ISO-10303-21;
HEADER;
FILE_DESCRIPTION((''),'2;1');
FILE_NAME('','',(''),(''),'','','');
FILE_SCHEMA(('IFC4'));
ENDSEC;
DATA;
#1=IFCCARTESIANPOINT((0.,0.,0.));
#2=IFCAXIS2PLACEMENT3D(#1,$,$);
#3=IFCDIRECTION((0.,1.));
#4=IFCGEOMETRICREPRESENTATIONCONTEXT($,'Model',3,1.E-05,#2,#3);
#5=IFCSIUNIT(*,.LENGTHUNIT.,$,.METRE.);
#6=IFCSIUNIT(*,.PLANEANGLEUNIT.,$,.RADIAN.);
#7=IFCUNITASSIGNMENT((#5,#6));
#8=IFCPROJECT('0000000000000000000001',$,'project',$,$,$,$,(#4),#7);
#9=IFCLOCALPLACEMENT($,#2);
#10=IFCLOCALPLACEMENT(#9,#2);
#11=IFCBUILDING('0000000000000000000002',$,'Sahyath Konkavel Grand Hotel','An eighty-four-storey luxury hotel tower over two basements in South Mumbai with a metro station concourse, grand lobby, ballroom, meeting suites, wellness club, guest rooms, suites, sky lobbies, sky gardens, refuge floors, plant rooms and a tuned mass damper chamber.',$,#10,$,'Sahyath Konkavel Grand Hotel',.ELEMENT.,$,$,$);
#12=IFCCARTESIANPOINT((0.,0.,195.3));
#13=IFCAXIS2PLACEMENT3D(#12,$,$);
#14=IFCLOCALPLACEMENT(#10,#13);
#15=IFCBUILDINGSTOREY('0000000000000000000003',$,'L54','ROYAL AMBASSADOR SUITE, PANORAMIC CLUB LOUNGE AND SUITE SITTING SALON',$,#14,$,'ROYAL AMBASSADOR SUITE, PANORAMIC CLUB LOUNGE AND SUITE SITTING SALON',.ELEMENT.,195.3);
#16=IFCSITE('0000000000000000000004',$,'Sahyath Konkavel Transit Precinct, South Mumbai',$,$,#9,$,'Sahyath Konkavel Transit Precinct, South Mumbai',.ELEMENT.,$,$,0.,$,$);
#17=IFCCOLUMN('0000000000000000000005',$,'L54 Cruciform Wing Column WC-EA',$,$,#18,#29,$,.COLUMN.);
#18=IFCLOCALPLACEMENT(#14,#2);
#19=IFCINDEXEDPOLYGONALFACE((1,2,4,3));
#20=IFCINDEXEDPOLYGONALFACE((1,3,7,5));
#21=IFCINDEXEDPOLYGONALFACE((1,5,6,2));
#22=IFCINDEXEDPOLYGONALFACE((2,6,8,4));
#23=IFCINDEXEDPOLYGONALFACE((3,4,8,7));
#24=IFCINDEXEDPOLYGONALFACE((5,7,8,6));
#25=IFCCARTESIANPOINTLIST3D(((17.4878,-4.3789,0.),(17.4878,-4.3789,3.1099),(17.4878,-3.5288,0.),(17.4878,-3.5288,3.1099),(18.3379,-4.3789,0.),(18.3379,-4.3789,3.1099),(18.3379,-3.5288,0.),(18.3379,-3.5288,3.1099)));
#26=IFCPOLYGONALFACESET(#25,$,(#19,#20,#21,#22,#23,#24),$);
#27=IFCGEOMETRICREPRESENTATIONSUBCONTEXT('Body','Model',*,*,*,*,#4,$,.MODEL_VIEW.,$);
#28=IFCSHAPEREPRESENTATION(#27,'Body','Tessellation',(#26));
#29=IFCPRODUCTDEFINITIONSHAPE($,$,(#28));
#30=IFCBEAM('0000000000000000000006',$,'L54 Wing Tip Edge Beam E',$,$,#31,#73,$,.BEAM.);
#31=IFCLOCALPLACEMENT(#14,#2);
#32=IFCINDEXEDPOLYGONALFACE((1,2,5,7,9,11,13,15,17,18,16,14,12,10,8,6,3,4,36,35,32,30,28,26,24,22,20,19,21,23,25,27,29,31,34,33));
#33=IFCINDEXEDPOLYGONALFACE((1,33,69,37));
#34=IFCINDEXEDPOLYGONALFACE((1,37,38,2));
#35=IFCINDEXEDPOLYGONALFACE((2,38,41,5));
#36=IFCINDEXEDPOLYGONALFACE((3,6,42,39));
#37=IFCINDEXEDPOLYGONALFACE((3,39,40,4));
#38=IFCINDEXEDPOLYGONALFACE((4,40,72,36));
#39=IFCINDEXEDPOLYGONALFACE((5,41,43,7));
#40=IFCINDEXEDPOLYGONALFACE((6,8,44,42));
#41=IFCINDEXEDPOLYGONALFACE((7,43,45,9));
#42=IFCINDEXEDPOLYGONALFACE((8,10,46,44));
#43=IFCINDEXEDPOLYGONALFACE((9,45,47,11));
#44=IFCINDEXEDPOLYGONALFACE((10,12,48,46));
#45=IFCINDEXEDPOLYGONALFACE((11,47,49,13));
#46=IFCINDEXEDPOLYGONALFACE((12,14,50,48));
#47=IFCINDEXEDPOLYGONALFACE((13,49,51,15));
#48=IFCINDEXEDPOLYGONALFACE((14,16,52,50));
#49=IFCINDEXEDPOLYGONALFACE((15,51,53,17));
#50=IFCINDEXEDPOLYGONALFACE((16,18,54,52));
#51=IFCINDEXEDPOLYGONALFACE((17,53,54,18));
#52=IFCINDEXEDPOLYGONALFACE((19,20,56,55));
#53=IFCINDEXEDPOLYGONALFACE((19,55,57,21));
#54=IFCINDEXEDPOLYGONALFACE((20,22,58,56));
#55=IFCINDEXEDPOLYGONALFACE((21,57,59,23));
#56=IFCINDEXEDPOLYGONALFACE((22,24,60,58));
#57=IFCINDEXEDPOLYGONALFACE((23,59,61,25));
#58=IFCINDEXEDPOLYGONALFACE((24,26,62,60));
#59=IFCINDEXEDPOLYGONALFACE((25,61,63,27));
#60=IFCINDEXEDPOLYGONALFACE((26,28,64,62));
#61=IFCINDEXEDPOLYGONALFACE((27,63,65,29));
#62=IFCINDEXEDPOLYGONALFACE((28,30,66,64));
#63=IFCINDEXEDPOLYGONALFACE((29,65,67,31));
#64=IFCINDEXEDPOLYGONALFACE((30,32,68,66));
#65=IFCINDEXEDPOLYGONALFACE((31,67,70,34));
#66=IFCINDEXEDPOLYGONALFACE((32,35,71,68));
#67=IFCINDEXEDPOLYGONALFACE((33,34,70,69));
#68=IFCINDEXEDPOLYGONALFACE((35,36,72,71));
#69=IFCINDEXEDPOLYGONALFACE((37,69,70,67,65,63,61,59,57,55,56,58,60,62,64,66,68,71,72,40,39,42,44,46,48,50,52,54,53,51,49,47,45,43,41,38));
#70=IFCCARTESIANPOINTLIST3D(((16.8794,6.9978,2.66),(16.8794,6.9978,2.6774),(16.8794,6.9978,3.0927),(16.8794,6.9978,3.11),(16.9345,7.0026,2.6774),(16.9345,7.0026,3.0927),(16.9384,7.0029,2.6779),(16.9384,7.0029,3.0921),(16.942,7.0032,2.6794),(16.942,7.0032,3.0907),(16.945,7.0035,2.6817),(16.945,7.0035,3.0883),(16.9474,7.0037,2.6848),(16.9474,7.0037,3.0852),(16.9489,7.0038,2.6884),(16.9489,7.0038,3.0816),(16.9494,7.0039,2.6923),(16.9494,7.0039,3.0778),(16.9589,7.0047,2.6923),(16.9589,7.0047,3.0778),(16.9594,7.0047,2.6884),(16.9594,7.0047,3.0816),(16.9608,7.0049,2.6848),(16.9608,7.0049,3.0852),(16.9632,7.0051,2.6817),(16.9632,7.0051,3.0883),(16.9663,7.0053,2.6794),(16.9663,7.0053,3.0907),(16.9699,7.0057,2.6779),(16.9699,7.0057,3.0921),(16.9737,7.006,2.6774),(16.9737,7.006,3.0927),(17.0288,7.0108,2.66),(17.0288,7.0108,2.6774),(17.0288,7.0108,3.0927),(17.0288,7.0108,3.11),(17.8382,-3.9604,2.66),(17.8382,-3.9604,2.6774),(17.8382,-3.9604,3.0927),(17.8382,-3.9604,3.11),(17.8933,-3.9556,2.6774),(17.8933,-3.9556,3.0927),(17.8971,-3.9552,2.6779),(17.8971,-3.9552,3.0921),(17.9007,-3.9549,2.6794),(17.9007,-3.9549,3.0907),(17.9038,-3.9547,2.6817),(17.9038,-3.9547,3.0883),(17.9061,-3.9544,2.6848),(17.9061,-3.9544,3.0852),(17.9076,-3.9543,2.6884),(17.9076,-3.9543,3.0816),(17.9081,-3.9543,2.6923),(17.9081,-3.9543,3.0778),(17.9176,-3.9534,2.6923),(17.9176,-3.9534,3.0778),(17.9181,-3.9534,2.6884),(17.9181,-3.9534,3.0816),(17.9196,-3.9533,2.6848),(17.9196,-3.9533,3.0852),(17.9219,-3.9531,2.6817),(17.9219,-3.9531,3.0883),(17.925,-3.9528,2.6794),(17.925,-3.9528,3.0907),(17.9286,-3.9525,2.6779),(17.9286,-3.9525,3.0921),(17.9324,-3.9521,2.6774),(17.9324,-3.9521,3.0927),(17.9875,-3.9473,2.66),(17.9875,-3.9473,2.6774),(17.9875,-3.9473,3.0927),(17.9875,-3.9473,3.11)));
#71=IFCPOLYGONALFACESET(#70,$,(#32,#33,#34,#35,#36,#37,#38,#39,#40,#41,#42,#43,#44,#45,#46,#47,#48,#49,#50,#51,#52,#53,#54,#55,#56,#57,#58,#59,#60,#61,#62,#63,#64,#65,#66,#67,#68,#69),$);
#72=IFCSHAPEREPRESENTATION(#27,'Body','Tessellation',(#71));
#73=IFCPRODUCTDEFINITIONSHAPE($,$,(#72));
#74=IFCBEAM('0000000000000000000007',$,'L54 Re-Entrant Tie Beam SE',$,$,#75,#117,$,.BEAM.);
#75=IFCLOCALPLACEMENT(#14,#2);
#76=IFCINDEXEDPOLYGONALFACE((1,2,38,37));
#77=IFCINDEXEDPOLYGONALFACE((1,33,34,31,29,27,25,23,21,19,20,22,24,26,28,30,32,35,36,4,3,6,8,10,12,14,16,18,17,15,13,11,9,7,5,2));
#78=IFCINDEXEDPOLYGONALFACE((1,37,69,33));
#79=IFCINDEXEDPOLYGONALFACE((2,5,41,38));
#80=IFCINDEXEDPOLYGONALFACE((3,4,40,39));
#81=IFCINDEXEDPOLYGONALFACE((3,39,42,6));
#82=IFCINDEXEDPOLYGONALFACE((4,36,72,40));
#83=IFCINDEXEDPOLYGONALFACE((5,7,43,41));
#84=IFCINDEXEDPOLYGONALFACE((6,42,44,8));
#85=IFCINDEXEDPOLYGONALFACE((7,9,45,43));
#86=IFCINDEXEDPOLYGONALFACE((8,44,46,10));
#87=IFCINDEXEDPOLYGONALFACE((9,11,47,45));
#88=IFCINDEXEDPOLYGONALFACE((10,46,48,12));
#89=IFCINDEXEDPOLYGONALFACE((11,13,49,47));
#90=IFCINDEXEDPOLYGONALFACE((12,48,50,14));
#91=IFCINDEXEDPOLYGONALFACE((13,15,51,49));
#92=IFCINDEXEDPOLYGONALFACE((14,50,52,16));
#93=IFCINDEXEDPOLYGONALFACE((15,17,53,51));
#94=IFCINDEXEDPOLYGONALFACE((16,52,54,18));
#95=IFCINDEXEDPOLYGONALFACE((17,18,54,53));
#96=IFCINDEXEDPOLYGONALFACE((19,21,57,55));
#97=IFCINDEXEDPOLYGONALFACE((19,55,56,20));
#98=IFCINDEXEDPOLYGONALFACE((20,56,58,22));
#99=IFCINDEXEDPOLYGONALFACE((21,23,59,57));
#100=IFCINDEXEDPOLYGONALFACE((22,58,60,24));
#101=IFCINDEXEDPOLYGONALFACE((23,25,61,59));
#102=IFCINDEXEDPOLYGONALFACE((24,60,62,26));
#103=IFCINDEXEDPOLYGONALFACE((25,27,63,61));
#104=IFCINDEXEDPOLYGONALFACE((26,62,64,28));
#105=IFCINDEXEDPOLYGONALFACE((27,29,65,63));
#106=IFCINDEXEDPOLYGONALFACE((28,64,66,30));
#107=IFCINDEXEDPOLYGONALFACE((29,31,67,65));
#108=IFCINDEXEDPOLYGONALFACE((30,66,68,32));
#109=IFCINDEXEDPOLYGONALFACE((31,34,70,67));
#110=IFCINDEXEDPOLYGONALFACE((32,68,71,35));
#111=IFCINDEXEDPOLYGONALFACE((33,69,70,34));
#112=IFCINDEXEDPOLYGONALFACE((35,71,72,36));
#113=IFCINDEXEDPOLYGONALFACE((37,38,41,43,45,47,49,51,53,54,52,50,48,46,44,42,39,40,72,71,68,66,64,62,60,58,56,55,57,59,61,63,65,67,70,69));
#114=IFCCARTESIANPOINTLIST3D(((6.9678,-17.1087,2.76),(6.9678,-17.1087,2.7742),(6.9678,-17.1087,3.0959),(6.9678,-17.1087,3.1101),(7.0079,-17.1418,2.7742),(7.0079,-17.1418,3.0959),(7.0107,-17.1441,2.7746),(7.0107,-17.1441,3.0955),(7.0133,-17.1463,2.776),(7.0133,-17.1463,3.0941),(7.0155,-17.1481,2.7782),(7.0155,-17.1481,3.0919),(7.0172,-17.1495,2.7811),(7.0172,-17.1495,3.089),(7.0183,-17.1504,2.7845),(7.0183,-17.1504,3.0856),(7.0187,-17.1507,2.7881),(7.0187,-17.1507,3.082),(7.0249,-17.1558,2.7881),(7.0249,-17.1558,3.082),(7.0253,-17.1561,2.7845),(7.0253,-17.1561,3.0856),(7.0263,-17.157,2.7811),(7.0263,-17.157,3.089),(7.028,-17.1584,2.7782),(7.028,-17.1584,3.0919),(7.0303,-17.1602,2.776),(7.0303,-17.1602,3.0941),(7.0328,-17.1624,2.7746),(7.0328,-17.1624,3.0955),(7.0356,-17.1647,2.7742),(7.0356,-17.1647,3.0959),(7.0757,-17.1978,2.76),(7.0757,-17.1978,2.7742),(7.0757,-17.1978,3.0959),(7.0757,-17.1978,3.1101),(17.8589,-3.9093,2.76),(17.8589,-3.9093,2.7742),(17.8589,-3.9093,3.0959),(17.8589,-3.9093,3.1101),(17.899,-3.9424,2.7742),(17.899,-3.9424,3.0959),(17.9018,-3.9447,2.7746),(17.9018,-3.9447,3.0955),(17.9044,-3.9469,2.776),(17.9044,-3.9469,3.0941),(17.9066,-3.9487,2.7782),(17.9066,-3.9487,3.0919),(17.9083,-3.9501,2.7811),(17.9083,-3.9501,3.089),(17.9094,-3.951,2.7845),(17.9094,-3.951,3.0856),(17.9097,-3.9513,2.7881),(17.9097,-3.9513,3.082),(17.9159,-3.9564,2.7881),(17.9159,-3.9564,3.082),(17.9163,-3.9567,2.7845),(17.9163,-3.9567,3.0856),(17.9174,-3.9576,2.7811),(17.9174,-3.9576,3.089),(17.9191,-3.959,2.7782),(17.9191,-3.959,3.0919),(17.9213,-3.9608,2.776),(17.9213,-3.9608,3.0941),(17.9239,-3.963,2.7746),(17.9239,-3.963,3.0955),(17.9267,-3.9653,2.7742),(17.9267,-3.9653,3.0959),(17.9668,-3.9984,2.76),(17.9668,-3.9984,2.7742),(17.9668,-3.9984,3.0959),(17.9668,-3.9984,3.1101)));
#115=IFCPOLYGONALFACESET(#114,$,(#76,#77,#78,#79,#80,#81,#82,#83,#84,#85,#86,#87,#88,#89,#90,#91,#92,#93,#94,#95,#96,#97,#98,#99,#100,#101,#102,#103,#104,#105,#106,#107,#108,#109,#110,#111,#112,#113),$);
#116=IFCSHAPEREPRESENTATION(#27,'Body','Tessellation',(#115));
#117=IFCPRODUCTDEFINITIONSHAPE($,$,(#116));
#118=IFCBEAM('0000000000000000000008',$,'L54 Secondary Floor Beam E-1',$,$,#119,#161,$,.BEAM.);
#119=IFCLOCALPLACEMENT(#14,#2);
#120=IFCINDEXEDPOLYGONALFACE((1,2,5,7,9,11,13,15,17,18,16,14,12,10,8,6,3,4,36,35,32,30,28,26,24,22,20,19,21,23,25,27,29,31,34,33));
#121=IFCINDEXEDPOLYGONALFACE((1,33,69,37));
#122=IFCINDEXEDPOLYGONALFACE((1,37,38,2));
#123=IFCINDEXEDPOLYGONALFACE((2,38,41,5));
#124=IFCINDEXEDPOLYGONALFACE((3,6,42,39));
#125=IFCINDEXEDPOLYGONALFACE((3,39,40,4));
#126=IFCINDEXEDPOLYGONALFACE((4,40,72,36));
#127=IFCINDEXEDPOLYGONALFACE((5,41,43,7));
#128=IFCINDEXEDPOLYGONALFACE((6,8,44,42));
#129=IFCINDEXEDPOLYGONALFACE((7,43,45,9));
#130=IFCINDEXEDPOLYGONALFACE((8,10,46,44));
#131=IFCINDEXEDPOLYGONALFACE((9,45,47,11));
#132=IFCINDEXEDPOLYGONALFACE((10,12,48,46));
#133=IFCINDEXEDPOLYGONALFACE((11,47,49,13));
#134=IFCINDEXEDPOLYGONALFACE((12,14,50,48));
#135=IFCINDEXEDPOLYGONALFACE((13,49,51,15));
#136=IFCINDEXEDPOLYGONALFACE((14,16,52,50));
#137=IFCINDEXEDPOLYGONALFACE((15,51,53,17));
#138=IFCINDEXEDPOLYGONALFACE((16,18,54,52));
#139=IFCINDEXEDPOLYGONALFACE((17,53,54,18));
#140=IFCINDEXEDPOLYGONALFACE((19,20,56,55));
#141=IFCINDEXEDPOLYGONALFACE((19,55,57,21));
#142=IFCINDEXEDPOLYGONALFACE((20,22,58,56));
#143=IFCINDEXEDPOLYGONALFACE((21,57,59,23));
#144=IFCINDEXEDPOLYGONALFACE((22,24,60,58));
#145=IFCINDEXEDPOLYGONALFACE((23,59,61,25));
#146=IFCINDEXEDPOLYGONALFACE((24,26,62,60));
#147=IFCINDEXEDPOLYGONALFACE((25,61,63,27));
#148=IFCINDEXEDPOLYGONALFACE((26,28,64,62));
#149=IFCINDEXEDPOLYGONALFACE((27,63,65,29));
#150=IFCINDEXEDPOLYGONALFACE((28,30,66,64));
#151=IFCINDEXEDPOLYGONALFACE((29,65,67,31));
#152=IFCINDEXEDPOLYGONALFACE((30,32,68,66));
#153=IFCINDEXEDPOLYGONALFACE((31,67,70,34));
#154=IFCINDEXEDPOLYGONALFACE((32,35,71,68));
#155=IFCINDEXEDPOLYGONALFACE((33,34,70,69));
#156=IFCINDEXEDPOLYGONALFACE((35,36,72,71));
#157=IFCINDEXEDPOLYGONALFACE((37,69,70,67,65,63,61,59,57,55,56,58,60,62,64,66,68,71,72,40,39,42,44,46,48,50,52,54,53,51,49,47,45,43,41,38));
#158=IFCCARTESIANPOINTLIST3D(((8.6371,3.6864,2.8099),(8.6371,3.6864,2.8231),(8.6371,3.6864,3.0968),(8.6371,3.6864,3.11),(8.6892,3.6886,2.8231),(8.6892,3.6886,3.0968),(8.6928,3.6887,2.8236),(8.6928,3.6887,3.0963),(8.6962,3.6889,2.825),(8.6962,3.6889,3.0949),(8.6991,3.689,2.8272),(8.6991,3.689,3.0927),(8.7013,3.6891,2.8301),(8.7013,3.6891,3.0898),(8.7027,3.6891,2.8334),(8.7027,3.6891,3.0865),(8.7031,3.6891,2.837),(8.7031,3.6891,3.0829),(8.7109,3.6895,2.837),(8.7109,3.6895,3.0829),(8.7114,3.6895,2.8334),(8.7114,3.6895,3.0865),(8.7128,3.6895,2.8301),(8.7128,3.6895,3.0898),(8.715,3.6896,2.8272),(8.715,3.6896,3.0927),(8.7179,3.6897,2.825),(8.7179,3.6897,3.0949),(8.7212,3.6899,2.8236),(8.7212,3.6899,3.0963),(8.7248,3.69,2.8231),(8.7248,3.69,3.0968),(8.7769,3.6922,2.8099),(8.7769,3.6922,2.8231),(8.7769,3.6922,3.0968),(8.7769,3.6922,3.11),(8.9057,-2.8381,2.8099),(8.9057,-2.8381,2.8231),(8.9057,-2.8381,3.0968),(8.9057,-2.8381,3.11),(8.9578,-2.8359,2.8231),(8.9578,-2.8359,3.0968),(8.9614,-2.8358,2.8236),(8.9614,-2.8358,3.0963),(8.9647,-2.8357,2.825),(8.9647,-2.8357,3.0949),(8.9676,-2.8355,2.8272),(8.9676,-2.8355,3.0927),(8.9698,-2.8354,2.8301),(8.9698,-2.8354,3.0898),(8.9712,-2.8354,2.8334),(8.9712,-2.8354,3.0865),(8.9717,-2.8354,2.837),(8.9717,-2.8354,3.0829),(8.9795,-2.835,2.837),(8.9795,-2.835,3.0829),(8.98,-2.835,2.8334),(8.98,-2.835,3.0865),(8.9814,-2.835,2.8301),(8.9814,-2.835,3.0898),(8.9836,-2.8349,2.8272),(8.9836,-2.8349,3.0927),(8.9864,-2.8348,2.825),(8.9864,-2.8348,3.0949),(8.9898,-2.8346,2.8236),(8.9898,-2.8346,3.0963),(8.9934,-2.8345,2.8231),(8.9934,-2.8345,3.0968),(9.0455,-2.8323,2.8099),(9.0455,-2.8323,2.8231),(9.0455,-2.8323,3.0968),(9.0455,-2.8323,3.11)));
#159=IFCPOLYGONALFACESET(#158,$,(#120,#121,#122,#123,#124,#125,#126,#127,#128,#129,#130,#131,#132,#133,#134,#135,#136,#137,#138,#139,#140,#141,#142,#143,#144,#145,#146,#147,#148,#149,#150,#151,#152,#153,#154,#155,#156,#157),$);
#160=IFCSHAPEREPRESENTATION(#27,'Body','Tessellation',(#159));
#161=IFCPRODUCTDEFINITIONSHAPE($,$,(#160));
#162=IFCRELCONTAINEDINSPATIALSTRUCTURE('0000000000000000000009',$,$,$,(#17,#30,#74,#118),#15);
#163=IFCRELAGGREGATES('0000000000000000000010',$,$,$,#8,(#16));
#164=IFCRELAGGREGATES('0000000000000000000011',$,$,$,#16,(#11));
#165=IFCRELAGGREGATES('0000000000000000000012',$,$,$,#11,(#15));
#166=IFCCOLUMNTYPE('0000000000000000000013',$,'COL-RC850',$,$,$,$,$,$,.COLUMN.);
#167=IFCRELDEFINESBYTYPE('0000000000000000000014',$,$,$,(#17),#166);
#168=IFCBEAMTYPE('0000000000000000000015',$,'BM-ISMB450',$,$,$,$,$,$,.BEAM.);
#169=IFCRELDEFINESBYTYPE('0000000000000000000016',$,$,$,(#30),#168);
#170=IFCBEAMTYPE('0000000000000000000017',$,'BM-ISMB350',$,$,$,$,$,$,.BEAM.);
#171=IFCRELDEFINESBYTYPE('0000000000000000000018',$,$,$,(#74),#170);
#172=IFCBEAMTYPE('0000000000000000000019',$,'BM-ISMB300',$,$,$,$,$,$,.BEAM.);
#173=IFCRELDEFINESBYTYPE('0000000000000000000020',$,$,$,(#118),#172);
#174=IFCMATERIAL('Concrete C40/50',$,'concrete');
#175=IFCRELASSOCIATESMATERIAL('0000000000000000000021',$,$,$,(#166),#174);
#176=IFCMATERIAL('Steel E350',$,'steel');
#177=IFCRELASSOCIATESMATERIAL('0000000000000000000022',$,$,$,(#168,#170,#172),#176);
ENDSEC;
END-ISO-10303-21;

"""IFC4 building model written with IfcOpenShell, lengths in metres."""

from ifc_helpers import new_model, si_unit, direction, frame, origin, origin_2d, place, context, subcontext, project, spatial, rectangle, i_section, extrude, source, transform, mapped, material, material_profile, profile_set, type_object, element, save


model = new_model("IFC4")

# Units and contexts
model_context = context("Model", 3, precision=1e-05, world=origin(), true_north=direction((0.0, 1.0)))
body_context = subcontext(model_context, "Body", "Model", "MODEL_VIEW")
ifc_project = project(units=[si_unit("LENGTHUNIT", "METRE"), si_unit("PLANEANGLEUNIT", "RADIAN")], contexts=[model_context])

# Site, building, storey
site_placement = place(None, origin())
site = spatial("IfcSite", under=ifc_project, at=site_placement, Name="Sahyath Konkavel Transit Precinct, South Mumbai", LongName="Sahyath Konkavel Transit Precinct, South Mumbai", CompositionType="ELEMENT", RefElevation=0.0)
building_placement = place(site_placement, origin())
building = spatial("IfcBuilding", under=site, at=building_placement, Name="Sahyath Konkavel Grand Hotel", Description="An eighty-four-storey luxury hotel tower over two basements in South Mumbai with a metro station concourse, grand lobby, ballroom, meeting suites, wellness club, guest rooms, suites, sky lobbies, sky gardens, refuge floors, plant rooms and a tuned mass damper chamber.", LongName="Sahyath Konkavel Grand Hotel", CompositionType="ELEMENT")
storey_placement = place(building_placement, frame((0.0, 0.0, 195.3)))
storey = spatial("IfcBuildingStorey", under=building, at=storey_placement, Name="L54", Description="ROYAL AMBASSADOR SUITE, PANORAMIC CLUB LOUNGE AND SUITE SITTING SALON", LongName="ROYAL AMBASSADOR SUITE, PANORAMIC CLUB LOUNGE AND SUITE SITTING SALON", CompositionType="ELEMENT", Elevation=195.3)

# Column
ifc_material_1 = material(Name="Concrete C40/50", Category="concrete")
ifc_material_profile_1 = material_profile(ifc_material_1, rectangle(XDim=0.8501, YDim=0.8501, at=origin_2d()), Name="RC 850x850")
ifc_profile_set_1 = profile_set([ifc_material_profile_1], Name="Concrete C40/50")
column_type = type_object("IfcColumnType", Name="COL-RC850", PredefinedType="COLUMN", material=ifc_profile_set_1)
shared_shape_1 = source(origin(), body_context, "Body", "SweptSolid", [
    extrude(rectangle(XDim=0.8501, YDim=0.8501, at=origin_2d()), origin(), (0.0, 0.0, 1.0), 3.1099),
])
column_placement = place(storey_placement, frame((17.9128, -3.9539, 0.0), z_axis=(0.0, 0.0, 1.0), x_axis=(1.0, 0.0, 0.0)))
element("IfcColumn", 1, at=column_placement, inside=storey, type_object=column_type, Name="L54 Cruciform Wing Column WC-EA", PredefinedType="COLUMN", context=body_context, shape_type="MappedRepresentation", body=[
    mapped(shared_shape_1, transform((0.0, 0.0, 0.0), scale=1.0)),
])

# Beams
ifc_material_2 = material(Name="Steel E350", Category="steel")
ifc_material_profile_2 = material_profile(ifc_material_2, i_section(OverallWidth=0.1499, OverallDepth=0.45, WebThickness=0.0095, FlangeThickness=0.0173, FilletRadius=0.0149, at=origin_2d()), Name="ISMB 450")
ifc_profile_set_2 = profile_set([ifc_material_profile_2], Name="Steel E350")
beam_type_1 = type_object("IfcBeamType", Name="BM-ISMB450", PredefinedType="BEAM", material=ifc_profile_set_2)
shared_shape_2 = source(origin(), body_context, "Body", "SweptSolid", [
    extrude(i_section(OverallWidth=0.1499, OverallDepth=0.45, WebThickness=0.0095, FlangeThickness=0.0173, FilletRadius=0.0149, at=origin_2d()), origin(), (0.0, 0.0, 1.0), 11.0),
])
beam_1_placement = place(storey_placement, frame((17.9128, -3.9539, 2.885), z_axis=(-0.087157, 0.996195, 0.0), x_axis=(-0.996195, -0.087157, 0.0)))
element("IfcBeam", 2, at=beam_1_placement, inside=storey, type_object=beam_type_1, Name="L54 Wing Tip Edge Beam E", PredefinedType="BEAM", context=body_context, shape_type="MappedRepresentation", body=[
    mapped(shared_shape_2, transform((0.0, 0.0, 0.0), scale=1.0)),
])
ifc_material_profile_3 = material_profile(ifc_material_2, i_section(OverallWidth=0.1399, OverallDepth=0.3501, WebThickness=0.0081, FlangeThickness=0.0142, FilletRadius=0.0139, at=origin_2d()), Name="ISMB 350")
ifc_profile_set_3 = profile_set([ifc_material_profile_3], Name="Steel E350")
beam_type_2 = type_object("IfcBeamType", Name="BM-ISMB350", PredefinedType="BEAM", material=ifc_profile_set_3)
shared_shape_3 = source(origin(), body_context, "Body", "SweptSolid", [
    extrude(i_section(OverallWidth=0.1399, OverallDepth=0.3501, WebThickness=0.0081, FlangeThickness=0.0142, FilletRadius=0.0139, at=origin_2d()), origin(), (0.0, 0.0, 1.0), 17.1125),
])
beam_2_placement = place(storey_placement, frame((17.9128, -3.9539, 2.9351), z_axis=(-0.636437, -0.771329, 0.0), x_axis=(0.771329, -0.636437, 0.0)))
element("IfcBeam", 3, at=beam_2_placement, inside=storey, type_object=beam_type_2, Name="L54 Re-Entrant Tie Beam SE", PredefinedType="BEAM", context=body_context, shape_type="MappedRepresentation", body=[
    mapped(shared_shape_3, transform((0.0, 0.0, 0.0), scale=1.0)),
])
ifc_material_profile_4 = material_profile(ifc_material_2, i_section(OverallWidth=0.1399, OverallDepth=0.3, WebThickness=0.0078, FlangeThickness=0.0132, FilletRadius=0.0139, at=origin_2d()), Name="ISMB 300")
ifc_profile_set_4 = profile_set([ifc_material_profile_4], Name="Steel E350")
beam_type_3 = type_object("IfcBeamType", Name="BM-ISMB300", PredefinedType="BEAM", material=ifc_profile_set_4)
shared_shape_4 = source(origin(), body_context, "Body", "SweptSolid", [
    extrude(i_section(OverallWidth=0.1399, OverallDepth=0.3, WebThickness=0.0078, FlangeThickness=0.0132, FilletRadius=0.0139, at=origin_2d()), origin(), (0.0, 0.0, 1.0), 6.53),
])
beam_3_placement = place(storey_placement, frame((8.9756, -2.8352, 2.96), z_axis=(-0.041127, 0.999154, 0.0), x_axis=(-0.999154, -0.041127, 0.0)))
element("IfcBeam", 4, at=beam_3_placement, inside=storey, type_object=beam_type_3, Name="L54 Secondary Floor Beam E-1", PredefinedType="BEAM", context=body_context, shape_type="MappedRepresentation", body=[
    mapped(shared_shape_4, transform((0.0, 0.0, 0.0), scale=1.0)),
])

save(model, "model.ifc")
